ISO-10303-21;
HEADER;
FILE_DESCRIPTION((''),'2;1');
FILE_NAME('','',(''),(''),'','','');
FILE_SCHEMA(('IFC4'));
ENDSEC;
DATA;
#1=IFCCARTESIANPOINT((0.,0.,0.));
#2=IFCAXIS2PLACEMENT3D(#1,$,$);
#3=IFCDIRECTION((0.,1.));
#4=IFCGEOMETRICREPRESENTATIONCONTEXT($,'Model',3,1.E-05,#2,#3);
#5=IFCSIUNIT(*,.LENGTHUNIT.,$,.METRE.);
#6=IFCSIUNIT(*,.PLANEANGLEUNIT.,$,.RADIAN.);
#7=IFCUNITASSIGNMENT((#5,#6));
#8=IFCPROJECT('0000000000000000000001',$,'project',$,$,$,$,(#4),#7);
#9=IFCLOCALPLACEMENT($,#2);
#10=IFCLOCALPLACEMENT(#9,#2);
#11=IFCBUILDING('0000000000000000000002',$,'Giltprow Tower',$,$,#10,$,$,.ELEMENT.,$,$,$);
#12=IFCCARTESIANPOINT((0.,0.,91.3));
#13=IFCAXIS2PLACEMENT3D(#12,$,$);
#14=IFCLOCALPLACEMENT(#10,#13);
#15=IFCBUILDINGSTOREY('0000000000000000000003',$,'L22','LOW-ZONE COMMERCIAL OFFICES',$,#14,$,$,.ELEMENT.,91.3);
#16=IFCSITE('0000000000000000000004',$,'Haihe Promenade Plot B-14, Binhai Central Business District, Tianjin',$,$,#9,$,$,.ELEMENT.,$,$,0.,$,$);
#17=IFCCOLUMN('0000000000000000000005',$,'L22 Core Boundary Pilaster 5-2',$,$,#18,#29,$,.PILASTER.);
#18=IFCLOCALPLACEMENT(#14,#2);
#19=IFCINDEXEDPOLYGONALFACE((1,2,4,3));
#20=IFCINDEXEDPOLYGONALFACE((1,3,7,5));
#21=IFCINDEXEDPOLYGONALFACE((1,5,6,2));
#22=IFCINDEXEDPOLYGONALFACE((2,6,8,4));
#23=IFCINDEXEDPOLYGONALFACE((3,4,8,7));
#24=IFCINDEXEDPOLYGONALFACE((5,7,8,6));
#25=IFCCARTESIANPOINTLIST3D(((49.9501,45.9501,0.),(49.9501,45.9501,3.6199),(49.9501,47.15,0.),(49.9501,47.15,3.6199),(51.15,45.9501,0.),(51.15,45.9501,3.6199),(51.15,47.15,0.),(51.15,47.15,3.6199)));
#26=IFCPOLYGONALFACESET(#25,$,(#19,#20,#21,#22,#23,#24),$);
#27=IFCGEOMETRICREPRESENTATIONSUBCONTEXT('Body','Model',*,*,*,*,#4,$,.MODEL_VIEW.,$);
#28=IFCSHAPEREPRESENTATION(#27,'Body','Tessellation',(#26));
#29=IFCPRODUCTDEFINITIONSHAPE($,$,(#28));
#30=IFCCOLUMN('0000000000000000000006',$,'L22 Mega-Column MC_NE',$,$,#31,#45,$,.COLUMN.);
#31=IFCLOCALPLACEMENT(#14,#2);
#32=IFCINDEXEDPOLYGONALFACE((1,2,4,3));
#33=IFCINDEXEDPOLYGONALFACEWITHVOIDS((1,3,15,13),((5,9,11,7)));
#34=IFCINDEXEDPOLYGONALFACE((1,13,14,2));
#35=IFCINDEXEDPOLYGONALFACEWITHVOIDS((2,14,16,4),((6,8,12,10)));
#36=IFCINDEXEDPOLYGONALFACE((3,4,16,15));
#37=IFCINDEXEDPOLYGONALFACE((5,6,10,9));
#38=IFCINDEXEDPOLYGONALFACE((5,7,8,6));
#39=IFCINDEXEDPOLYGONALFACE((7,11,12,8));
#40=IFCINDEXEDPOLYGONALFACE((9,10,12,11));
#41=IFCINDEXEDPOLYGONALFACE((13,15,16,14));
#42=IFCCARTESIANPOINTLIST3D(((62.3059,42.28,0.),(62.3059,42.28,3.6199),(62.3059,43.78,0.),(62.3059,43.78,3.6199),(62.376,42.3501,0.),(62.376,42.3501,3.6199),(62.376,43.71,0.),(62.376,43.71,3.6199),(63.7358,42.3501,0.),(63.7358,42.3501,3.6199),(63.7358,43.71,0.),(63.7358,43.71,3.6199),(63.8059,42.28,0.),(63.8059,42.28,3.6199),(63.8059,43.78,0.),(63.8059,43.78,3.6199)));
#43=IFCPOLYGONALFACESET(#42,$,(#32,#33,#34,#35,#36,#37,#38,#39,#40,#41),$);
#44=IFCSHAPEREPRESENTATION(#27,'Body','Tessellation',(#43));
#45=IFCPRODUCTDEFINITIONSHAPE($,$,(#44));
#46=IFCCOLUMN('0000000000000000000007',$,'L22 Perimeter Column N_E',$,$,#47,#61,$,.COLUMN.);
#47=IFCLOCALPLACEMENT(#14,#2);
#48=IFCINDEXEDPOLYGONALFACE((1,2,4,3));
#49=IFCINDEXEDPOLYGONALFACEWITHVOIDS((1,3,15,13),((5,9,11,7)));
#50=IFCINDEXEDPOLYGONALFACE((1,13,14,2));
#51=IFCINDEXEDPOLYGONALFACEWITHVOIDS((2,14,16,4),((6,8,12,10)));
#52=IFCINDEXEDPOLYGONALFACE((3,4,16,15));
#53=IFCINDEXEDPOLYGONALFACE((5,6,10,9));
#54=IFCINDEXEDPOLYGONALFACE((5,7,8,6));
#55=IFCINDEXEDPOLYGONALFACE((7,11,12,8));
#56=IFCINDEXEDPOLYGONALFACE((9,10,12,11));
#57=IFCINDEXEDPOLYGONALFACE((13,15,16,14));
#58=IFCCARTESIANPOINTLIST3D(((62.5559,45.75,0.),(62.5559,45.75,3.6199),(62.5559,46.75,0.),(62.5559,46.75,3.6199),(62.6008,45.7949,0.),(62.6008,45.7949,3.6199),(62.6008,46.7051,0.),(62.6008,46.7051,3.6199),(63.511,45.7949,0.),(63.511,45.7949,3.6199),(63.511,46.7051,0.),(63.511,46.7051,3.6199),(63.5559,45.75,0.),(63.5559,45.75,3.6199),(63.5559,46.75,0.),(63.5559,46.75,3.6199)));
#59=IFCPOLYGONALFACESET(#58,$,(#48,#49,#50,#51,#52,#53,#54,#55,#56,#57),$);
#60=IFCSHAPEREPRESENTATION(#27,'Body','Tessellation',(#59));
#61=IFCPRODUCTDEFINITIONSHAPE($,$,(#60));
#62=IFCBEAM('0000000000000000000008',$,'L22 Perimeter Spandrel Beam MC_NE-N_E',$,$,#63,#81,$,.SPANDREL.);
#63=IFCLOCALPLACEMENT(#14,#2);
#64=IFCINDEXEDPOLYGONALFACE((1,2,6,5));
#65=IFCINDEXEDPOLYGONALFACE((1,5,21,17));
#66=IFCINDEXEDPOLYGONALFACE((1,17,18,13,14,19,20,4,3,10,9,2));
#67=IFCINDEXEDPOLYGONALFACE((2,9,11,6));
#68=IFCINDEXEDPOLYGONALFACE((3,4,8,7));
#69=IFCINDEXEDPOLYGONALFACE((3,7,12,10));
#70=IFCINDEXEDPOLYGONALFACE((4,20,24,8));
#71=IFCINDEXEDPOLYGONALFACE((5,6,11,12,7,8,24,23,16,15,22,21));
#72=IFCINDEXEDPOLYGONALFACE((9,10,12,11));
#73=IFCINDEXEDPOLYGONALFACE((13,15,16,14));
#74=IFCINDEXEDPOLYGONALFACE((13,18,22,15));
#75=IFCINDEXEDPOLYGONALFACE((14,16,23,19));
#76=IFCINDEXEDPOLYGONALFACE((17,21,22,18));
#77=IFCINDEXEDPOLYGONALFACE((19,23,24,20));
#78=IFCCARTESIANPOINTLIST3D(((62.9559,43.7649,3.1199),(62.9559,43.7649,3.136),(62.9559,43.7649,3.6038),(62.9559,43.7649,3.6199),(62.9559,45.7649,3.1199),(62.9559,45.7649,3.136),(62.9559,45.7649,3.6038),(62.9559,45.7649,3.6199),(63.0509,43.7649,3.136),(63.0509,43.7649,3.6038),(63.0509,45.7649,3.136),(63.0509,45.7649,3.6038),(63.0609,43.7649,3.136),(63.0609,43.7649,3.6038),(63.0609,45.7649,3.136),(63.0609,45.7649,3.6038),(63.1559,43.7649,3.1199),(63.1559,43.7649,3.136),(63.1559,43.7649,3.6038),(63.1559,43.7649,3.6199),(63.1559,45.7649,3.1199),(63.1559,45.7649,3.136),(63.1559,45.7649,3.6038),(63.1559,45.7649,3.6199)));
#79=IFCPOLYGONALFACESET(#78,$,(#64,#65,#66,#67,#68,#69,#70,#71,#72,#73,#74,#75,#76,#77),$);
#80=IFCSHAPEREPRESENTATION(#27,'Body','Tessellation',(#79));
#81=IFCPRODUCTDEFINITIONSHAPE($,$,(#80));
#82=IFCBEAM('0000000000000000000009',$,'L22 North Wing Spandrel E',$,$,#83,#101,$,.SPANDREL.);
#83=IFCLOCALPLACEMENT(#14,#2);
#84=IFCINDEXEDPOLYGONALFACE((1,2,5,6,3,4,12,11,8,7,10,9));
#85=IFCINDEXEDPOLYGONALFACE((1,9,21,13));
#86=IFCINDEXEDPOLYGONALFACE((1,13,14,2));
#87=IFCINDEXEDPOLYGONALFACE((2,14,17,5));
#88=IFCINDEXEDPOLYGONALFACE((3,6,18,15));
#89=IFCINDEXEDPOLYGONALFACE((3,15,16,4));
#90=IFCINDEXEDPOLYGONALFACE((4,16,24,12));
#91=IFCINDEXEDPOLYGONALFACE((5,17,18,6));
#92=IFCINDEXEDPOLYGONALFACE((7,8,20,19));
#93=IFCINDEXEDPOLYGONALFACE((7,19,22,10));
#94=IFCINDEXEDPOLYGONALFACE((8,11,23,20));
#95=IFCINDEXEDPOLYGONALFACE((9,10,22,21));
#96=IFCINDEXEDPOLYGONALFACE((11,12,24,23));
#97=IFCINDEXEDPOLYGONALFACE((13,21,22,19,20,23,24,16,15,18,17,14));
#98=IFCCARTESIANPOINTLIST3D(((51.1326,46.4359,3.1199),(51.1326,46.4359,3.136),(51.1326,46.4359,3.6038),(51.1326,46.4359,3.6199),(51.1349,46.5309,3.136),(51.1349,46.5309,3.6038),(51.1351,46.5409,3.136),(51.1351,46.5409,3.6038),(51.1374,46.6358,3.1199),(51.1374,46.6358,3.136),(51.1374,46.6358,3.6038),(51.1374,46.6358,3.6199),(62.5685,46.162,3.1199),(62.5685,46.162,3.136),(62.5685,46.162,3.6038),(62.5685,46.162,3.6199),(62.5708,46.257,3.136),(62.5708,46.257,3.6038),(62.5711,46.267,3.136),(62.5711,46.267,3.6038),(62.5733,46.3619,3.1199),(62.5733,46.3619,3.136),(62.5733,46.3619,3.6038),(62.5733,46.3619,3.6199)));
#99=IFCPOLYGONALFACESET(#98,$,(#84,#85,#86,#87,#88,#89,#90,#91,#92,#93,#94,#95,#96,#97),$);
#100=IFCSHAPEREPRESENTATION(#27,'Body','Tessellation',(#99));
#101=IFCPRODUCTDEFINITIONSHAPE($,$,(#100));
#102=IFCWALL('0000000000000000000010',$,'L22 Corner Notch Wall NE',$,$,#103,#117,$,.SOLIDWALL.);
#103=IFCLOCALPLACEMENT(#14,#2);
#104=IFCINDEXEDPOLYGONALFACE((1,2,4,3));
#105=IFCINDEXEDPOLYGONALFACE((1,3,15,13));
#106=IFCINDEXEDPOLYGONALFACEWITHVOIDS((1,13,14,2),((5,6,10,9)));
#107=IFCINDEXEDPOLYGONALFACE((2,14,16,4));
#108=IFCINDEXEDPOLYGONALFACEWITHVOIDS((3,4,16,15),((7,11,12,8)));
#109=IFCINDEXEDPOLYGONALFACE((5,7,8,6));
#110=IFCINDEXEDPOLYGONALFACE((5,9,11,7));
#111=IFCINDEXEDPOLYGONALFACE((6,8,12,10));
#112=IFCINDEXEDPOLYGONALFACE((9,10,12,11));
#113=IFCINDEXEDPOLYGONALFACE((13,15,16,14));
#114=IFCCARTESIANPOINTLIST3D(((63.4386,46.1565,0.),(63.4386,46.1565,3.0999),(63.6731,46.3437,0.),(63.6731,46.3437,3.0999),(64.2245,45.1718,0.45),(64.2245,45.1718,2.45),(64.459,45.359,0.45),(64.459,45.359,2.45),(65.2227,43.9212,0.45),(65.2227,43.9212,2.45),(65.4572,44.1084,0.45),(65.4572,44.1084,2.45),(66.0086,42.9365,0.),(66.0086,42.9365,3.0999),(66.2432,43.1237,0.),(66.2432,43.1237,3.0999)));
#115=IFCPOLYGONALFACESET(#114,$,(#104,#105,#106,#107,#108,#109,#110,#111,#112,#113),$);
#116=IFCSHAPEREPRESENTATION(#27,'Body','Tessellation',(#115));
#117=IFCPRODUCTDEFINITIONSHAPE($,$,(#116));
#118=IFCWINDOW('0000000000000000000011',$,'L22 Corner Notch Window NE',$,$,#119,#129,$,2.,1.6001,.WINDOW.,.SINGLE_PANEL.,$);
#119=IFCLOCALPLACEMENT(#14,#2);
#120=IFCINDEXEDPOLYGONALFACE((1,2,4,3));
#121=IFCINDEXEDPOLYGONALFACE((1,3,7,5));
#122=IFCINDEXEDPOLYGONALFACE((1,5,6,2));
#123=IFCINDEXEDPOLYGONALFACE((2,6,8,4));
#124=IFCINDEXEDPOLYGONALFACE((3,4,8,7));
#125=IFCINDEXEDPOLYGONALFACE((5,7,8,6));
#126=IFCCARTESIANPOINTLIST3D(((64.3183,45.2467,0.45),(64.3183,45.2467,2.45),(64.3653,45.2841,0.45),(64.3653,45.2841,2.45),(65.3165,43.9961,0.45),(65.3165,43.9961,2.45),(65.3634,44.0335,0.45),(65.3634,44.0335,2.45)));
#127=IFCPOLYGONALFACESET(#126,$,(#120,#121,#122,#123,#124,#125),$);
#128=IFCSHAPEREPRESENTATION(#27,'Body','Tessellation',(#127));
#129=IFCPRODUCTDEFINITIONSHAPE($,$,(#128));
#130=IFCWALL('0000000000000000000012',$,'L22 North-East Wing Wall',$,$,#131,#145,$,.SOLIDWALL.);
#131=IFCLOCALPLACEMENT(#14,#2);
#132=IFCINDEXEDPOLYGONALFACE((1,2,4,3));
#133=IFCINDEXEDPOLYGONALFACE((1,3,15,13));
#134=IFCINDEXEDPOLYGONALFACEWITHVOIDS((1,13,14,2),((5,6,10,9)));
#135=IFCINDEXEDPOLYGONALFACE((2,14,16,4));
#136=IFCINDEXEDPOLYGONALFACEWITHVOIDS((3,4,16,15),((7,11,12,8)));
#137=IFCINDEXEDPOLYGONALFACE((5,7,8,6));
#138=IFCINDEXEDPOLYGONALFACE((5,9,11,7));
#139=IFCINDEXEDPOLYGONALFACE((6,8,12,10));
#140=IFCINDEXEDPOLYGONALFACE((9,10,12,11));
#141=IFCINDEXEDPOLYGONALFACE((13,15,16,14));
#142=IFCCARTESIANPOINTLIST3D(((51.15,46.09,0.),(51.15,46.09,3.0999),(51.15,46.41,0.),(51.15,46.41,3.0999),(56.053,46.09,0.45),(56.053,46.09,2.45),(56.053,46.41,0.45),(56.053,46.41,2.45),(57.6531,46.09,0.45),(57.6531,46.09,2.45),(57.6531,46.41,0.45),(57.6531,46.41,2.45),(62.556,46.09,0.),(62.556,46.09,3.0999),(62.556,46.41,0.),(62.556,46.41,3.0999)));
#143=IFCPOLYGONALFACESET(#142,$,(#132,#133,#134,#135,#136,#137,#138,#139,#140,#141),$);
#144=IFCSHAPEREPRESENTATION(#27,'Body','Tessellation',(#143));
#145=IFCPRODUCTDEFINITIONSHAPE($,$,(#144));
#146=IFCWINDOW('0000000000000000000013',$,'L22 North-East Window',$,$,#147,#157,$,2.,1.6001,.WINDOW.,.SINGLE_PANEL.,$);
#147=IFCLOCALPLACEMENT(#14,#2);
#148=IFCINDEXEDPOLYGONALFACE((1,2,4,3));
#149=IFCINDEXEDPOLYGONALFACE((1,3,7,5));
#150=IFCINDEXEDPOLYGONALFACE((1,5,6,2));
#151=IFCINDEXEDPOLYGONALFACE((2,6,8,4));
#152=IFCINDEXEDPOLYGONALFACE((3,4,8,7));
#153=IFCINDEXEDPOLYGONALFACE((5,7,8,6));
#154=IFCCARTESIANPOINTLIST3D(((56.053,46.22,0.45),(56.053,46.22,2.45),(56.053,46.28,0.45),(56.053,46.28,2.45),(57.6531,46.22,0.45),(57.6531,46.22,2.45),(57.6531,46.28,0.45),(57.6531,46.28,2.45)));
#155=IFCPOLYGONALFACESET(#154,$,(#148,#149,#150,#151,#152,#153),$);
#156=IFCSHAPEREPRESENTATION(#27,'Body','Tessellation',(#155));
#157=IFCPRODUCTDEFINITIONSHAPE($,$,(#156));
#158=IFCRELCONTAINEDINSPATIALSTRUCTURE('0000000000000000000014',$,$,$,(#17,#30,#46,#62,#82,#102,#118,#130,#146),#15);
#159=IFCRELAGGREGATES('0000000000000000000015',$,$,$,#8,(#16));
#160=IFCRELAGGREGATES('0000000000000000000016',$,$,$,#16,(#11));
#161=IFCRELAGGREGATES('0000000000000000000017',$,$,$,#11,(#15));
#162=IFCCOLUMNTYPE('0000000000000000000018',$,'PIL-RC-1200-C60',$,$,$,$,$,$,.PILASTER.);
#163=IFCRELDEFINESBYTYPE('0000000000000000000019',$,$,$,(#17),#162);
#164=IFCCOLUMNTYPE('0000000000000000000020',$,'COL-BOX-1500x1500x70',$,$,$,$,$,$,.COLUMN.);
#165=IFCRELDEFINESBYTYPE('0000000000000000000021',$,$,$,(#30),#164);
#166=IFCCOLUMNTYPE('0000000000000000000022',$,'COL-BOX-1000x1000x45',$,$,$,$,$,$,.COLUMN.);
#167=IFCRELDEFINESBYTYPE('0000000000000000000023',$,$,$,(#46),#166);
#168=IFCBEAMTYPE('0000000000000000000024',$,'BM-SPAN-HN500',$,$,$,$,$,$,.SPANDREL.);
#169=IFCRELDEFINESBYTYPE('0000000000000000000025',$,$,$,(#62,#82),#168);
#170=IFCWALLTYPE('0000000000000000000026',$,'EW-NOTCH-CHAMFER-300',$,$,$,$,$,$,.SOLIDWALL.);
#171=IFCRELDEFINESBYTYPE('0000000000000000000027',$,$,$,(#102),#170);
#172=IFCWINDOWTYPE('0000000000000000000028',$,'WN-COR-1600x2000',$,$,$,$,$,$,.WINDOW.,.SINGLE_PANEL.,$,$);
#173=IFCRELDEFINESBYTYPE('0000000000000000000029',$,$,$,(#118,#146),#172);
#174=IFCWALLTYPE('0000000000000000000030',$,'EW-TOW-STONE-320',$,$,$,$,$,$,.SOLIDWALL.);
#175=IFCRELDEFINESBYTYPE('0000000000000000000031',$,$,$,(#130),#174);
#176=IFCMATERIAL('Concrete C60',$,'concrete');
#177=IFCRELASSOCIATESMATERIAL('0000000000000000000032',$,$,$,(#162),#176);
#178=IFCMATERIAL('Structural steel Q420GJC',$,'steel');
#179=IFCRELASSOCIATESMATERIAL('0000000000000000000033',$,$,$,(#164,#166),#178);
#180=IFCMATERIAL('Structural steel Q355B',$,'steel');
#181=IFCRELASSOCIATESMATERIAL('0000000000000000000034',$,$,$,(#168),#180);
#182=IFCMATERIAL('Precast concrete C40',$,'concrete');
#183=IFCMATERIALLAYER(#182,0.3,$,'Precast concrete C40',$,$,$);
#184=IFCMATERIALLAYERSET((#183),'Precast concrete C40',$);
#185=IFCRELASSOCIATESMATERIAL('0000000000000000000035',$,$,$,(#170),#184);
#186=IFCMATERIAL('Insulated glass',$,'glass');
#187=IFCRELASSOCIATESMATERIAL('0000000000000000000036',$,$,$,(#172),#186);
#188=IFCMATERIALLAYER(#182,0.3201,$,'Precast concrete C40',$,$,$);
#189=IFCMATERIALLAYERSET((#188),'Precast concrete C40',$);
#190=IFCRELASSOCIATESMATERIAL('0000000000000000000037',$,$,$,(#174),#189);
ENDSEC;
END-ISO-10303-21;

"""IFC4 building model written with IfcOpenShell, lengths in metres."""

from ifc_helpers import new_model, si_unit, direction, frame, frame_2d, origin, origin_2d, place, context, subcontext, project, spatial, rectangle, hollow_rectangle, i_section, extrude, source, transform, mapped, material, layer, layer_set, material_profile, profile_set, type_object, element, fill, save


model = new_model("IFC4")

# Units and contexts
model_context = context("Model", 3, precision=1e-05, world=origin(), true_north=direction((0.0, 1.0)))
body_context = subcontext(model_context, "Body", "Model", "MODEL_VIEW")
ifc_project = project(units=[si_unit("LENGTHUNIT", "METRE"), si_unit("PLANEANGLEUNIT", "RADIAN")], contexts=[model_context])

# Site, building, storey
site_placement = place(None, origin())
site = spatial("IfcSite", under=ifc_project, at=site_placement, Name="Haihe Promenade Plot B-14, Binhai Central Business District, Tianjin", CompositionType="ELEMENT", RefElevation=0.0)
building_placement = place(site_placement, origin())
building = spatial("IfcBuilding", under=site, at=building_placement, Name="Giltprow Tower", CompositionType="ELEMENT")
storey_placement = place(building_placement, frame((0.0, 0.0, 91.3)))
storey = spatial("IfcBuildingStorey", under=building, at=storey_placement, Name="L22", Description="LOW-ZONE COMMERCIAL OFFICES", CompositionType="ELEMENT", Elevation=91.3)

# Columns
ifc_material_1 = material(Name="Concrete C60", Category="concrete")
ifc_material_profile_1 = material_profile(ifc_material_1, rectangle(XDim=1.2, YDim=1.2, at=origin_2d()), Name="RC 1200x1200")
ifc_profile_set_1 = profile_set([ifc_material_profile_1], Name="Concrete C60")
column_type_1 = type_object("IfcColumnType", Name="PIL-RC-1200-C60", PredefinedType="PILASTER", material=ifc_profile_set_1)
shared_shape_1 = source(origin(), body_context, "Body", "SweptSolid", [
    extrude(rectangle(XDim=1.2, YDim=1.2, at=origin_2d()), origin(), (0.0, 0.0, 1.0), 3.6199),
])
column_1_placement = place(storey_placement, frame((50.55, 46.55, 0.0), z_axis=(0.0, 0.0, 1.0), x_axis=(1.0, 0.0, 0.0)))
element("IfcColumn", 1, at=column_1_placement, inside=storey, type_object=column_type_1, Name="L22 Core Boundary Pilaster 5-2", PredefinedType="PILASTER", context=body_context, shape_type="MappedRepresentation", body=[
    mapped(shared_shape_1, transform((0.0, 0.0, 0.0), x_axis=(1.0, 0.0, 0.0), y_axis=(0.0, 1.0, 0.0), z_axis=(0.0, 0.0, 1.0), scale=1.0)),
])
ifc_material_2 = material(Name="Structural steel Q420GJC", Category="steel")
ifc_material_profile_2 = material_profile(ifc_material_2, hollow_rectangle(XDim=1.5, YDim=1.5, WallThickness=0.0701, at=origin_2d()), Name="BOX 1500x1500x70")
ifc_profile_set_2 = profile_set([ifc_material_profile_2], Name="Structural steel Q420GJC")
column_type_2 = type_object("IfcColumnType", Name="COL-BOX-1500x1500x70", PredefinedType="COLUMN", material=ifc_profile_set_2)
shared_shape_2 = source(origin(), body_context, "Body", "SweptSolid", [
    extrude(hollow_rectangle(XDim=1.5, YDim=1.5, WallThickness=0.0701, at=origin_2d()), origin(), (0.0, 0.0, 1.0), 3.6199),
])
column_2_placement = place(storey_placement, frame((63.0559, 43.03, 0.0), z_axis=(0.0, 0.0, 1.0), x_axis=(1.0, 0.0, 0.0)))
element("IfcColumn", 2, at=column_2_placement, inside=storey, type_object=column_type_2, Name="L22 Mega-Column MC_NE", PredefinedType="COLUMN", context=body_context, shape_type="MappedRepresentation", body=[
    mapped(shared_shape_2, transform((0.0, 0.0, 0.0), x_axis=(1.0, 0.0, 0.0), y_axis=(0.0, 1.0, 0.0), z_axis=(0.0, 0.0, 1.0), scale=1.0)),
])
ifc_material_profile_3 = material_profile(ifc_material_2, hollow_rectangle(XDim=1.0, YDim=1.0, WallThickness=0.0449, at=origin_2d()), Name="BOX 1000x1000x45")
ifc_profile_set_3 = profile_set([ifc_material_profile_3], Name="Structural steel Q420GJC")
column_type_3 = type_object("IfcColumnType", Name="COL-BOX-1000x1000x45", PredefinedType="COLUMN", material=ifc_profile_set_3)
shared_shape_3 = source(origin(), body_context, "Body", "SweptSolid", [
    extrude(hollow_rectangle(XDim=1.0, YDim=1.0, WallThickness=0.0449, at=origin_2d()), origin(), (0.0, 0.0, 1.0), 3.6199),
])
column_3_placement = place(storey_placement, frame((63.0559, 46.25, 0.0), z_axis=(0.0, 0.0, 1.0), x_axis=(1.0, 0.0, 0.0)))
element("IfcColumn", 3, at=column_3_placement, inside=storey, type_object=column_type_3, Name="L22 Perimeter Column N_E", PredefinedType="COLUMN", context=body_context, shape_type="MappedRepresentation", body=[
    mapped(shared_shape_3, transform((0.0, 0.0, 0.0), x_axis=(1.0, 0.0, 0.0), y_axis=(0.0, 1.0, 0.0), z_axis=(0.0, 0.0, 1.0), scale=1.0)),
])

# Beams
ifc_material_3 = material(Name="Structural steel Q355B", Category="steel")
ifc_material_profile_4 = material_profile(ifc_material_3, i_section(OverallWidth=0.2, OverallDepth=0.5, WebThickness=0.01, FlangeThickness=0.0161, at=origin_2d()), Name="HN 500x200x10x16")
ifc_profile_set_4 = profile_set([ifc_material_profile_4], Name="Structural steel Q355B")
beam_type = type_object("IfcBeamType", Name="BM-SPAN-HN500", PredefinedType="SPANDREL", material=ifc_profile_set_4)
shared_shape_4 = source(origin(), body_context, "Body", "SweptSolid", [
    extrude(i_section(OverallWidth=0.2, OverallDepth=0.5, WebThickness=0.01, FlangeThickness=0.0161, at=origin_2d()), origin(), (0.0, 0.0, 1.0), 2.0),
])
beam_1_placement = place(storey_placement, frame((63.0559, 43.7649, 3.3699), z_axis=(0.0, 1.0, 0.0), x_axis=(-1.0, 0.0, 0.0)))
element("IfcBeam", 4, at=beam_1_placement, inside=storey, type_object=beam_type, Name="L22 Perimeter Spandrel Beam MC_NE-N_E", PredefinedType="SPANDREL", context=body_context, shape_type="MappedRepresentation", body=[
    mapped(shared_shape_4, transform((0.0, 0.0, 0.0), x_axis=(1.0, 0.0, 0.0), y_axis=(0.0, 1.0, 0.0), z_axis=(0.0, 0.0, 1.0), scale=1.0)),
])
shared_shape_5 = source(origin(), body_context, "Body", "SweptSolid", [
    extrude(i_section(OverallWidth=0.2, OverallDepth=0.5, WebThickness=0.01, FlangeThickness=0.0161, at=origin_2d()), origin(), (0.0, 0.0, 1.0), 11.4392),
])
beam_2_placement = place(storey_placement, frame((51.135, 46.5359, 3.3699), z_axis=(0.999713, -0.023946, 0.0), x_axis=(0.023946, 0.999713, 0.0)))
element("IfcBeam", 5, at=beam_2_placement, inside=storey, type_object=beam_type, Name="L22 North Wing Spandrel E", PredefinedType="SPANDREL", context=body_context, shape_type="MappedRepresentation", body=[
    mapped(shared_shape_5, transform((0.0, 0.0, 0.0), x_axis=(1.0, 0.0, 0.0), y_axis=(0.0, 1.0, 0.0), z_axis=(0.0, 0.0, 1.0), scale=1.0)),
])

# Walls, openings, windows
ifc_material_4 = material(Name="Precast concrete C40", Category="concrete")
ifc_layer_1 = layer(ifc_material_4, 0.3, Name="Precast concrete C40")
ifc_layer_set_1 = layer_set([ifc_layer_1], Name="Precast concrete C40")
wall_type_1 = type_object("IfcWallType", Name="EW-NOTCH-CHAMFER-300", PredefinedType="SOLIDWALL", material=ifc_layer_set_1)
wall_1_placement = place(storey_placement, frame((66.126, 43.03, 0.0), z_axis=(0.0, 0.0, 1.0), x_axis=(-0.62382, 0.781568, 0.0)))
wall_1 = element("IfcWall", 6, at=wall_1_placement, inside=storey, type_object=wall_type_1, Name="L22 Corner Notch Wall NE", PredefinedType="SOLIDWALL", context=body_context, shape_type="SweptSolid", body=[
    extrude(rectangle(XDim=4.1199, YDim=0.3, at=frame_2d((2.0601, 0.0))), origin(), (0.0, 0.0, 1.0), 3.0999),
])
opening_1_placement = place(wall_1_placement, frame((1.26, 0.0, 0.45)))
opening_1 = element("IfcOpeningElement", 7, at=opening_1_placement, cuts=wall_1, PredefinedType="OPENING", context=body_context, shape_type="SweptSolid", body=[
    extrude(rectangle(XDim=1.6001, YDim=2.0, at=frame_2d((0.8, 1.0))), frame((0.0, 0.1599, 0.0), z_axis=(0.0, -1.0, 0.0), x_axis=(1.0, 0.0, 0.0)), (0.0, 0.0, 1.0), 0.3201),
])
ifc_material_5 = material(Name="Insulated glass", Category="glass")
window_type = type_object("IfcWindowType", Name="WN-COR-1600x2000", PartitioningType="SINGLE_PANEL", PredefinedType="WINDOW", material=ifc_material_5)
shared_shape_6 = source(origin(), body_context, "Body", "SweptSolid", [
    extrude(rectangle(XDim=1.6001, YDim=2.0, at=frame_2d((0.8, 1.0))), frame((0.0, 0.03, 0.0), z_axis=(0.0, -1.0, 0.0), x_axis=(1.0, 0.0, 0.0)), (0.0, 0.0, 1.0), 0.0601),
])
window_1_placement = place(opening_1_placement, origin())
window_1 = element("IfcWindow", 8, at=window_1_placement, inside=storey, type_object=window_type, Name="L22 Corner Notch Window NE", OverallHeight=2.0, OverallWidth=1.6001, PartitioningType="SINGLE_PANEL", PredefinedType="WINDOW", context=body_context, shape_type="MappedRepresentation", body=[
    mapped(shared_shape_6, transform((0.0, 0.0, 0.0), x_axis=(1.0, 0.0, 0.0), y_axis=(0.0, 1.0, 0.0), z_axis=(0.0, 0.0, 1.0), scale=1.0)),
])
fill(opening_1, window_1)
ifc_layer_2 = layer(ifc_material_4, 0.3201, Name="Precast concrete C40")
ifc_layer_set_2 = layer_set([ifc_layer_2], Name="Precast concrete C40")
wall_type_2 = type_object("IfcWallType", Name="EW-TOW-STONE-320", PredefinedType="SOLIDWALL", material=ifc_layer_set_2)
wall_2_placement = place(storey_placement, frame((51.1499, 46.25, 0.0), z_axis=(0.0, 0.0, 1.0), x_axis=(1.0, 0.0, 0.0)))
wall_2 = element("IfcWall", 9, at=wall_2_placement, inside=storey, type_object=wall_type_2, Name="L22 North-East Wing Wall", PredefinedType="SOLIDWALL", context=body_context, shape_type="SweptSolid", body=[
    extrude(rectangle(XDim=11.406, YDim=0.3201, at=frame_2d((5.7031, 0.0))), origin(), (0.0, 0.0, 1.0), 3.0999),
])
opening_2_placement = place(wall_2_placement, frame((4.9031, 0.0, 0.45)))
opening_2 = element("IfcOpeningElement", 10, at=opening_2_placement, cuts=wall_2, PredefinedType="OPENING", context=body_context, shape_type="SweptSolid", body=[
    extrude(rectangle(XDim=1.6001, YDim=2.0, at=frame_2d((0.8, 1.0))), frame((0.0, 0.1699, 0.0), z_axis=(0.0, -1.0, 0.0), x_axis=(1.0, 0.0, 0.0)), (0.0, 0.0, 1.0), 0.3401),
])
window_2_placement = place(opening_2_placement, origin())
window_2 = element("IfcWindow", 11, at=window_2_placement, inside=storey, type_object=window_type, Name="L22 North-East Window", OverallHeight=2.0, OverallWidth=1.6001, PartitioningType="SINGLE_PANEL", PredefinedType="WINDOW", context=body_context, shape_type="MappedRepresentation", body=[
    mapped(shared_shape_6, transform((0.0, 0.0, 0.0), x_axis=(1.0, 0.0, 0.0), y_axis=(0.0, 1.0, 0.0), z_axis=(0.0, 0.0, 1.0), scale=1.0)),
])
fill(opening_2, window_2)

save(model, "model.ifc")
